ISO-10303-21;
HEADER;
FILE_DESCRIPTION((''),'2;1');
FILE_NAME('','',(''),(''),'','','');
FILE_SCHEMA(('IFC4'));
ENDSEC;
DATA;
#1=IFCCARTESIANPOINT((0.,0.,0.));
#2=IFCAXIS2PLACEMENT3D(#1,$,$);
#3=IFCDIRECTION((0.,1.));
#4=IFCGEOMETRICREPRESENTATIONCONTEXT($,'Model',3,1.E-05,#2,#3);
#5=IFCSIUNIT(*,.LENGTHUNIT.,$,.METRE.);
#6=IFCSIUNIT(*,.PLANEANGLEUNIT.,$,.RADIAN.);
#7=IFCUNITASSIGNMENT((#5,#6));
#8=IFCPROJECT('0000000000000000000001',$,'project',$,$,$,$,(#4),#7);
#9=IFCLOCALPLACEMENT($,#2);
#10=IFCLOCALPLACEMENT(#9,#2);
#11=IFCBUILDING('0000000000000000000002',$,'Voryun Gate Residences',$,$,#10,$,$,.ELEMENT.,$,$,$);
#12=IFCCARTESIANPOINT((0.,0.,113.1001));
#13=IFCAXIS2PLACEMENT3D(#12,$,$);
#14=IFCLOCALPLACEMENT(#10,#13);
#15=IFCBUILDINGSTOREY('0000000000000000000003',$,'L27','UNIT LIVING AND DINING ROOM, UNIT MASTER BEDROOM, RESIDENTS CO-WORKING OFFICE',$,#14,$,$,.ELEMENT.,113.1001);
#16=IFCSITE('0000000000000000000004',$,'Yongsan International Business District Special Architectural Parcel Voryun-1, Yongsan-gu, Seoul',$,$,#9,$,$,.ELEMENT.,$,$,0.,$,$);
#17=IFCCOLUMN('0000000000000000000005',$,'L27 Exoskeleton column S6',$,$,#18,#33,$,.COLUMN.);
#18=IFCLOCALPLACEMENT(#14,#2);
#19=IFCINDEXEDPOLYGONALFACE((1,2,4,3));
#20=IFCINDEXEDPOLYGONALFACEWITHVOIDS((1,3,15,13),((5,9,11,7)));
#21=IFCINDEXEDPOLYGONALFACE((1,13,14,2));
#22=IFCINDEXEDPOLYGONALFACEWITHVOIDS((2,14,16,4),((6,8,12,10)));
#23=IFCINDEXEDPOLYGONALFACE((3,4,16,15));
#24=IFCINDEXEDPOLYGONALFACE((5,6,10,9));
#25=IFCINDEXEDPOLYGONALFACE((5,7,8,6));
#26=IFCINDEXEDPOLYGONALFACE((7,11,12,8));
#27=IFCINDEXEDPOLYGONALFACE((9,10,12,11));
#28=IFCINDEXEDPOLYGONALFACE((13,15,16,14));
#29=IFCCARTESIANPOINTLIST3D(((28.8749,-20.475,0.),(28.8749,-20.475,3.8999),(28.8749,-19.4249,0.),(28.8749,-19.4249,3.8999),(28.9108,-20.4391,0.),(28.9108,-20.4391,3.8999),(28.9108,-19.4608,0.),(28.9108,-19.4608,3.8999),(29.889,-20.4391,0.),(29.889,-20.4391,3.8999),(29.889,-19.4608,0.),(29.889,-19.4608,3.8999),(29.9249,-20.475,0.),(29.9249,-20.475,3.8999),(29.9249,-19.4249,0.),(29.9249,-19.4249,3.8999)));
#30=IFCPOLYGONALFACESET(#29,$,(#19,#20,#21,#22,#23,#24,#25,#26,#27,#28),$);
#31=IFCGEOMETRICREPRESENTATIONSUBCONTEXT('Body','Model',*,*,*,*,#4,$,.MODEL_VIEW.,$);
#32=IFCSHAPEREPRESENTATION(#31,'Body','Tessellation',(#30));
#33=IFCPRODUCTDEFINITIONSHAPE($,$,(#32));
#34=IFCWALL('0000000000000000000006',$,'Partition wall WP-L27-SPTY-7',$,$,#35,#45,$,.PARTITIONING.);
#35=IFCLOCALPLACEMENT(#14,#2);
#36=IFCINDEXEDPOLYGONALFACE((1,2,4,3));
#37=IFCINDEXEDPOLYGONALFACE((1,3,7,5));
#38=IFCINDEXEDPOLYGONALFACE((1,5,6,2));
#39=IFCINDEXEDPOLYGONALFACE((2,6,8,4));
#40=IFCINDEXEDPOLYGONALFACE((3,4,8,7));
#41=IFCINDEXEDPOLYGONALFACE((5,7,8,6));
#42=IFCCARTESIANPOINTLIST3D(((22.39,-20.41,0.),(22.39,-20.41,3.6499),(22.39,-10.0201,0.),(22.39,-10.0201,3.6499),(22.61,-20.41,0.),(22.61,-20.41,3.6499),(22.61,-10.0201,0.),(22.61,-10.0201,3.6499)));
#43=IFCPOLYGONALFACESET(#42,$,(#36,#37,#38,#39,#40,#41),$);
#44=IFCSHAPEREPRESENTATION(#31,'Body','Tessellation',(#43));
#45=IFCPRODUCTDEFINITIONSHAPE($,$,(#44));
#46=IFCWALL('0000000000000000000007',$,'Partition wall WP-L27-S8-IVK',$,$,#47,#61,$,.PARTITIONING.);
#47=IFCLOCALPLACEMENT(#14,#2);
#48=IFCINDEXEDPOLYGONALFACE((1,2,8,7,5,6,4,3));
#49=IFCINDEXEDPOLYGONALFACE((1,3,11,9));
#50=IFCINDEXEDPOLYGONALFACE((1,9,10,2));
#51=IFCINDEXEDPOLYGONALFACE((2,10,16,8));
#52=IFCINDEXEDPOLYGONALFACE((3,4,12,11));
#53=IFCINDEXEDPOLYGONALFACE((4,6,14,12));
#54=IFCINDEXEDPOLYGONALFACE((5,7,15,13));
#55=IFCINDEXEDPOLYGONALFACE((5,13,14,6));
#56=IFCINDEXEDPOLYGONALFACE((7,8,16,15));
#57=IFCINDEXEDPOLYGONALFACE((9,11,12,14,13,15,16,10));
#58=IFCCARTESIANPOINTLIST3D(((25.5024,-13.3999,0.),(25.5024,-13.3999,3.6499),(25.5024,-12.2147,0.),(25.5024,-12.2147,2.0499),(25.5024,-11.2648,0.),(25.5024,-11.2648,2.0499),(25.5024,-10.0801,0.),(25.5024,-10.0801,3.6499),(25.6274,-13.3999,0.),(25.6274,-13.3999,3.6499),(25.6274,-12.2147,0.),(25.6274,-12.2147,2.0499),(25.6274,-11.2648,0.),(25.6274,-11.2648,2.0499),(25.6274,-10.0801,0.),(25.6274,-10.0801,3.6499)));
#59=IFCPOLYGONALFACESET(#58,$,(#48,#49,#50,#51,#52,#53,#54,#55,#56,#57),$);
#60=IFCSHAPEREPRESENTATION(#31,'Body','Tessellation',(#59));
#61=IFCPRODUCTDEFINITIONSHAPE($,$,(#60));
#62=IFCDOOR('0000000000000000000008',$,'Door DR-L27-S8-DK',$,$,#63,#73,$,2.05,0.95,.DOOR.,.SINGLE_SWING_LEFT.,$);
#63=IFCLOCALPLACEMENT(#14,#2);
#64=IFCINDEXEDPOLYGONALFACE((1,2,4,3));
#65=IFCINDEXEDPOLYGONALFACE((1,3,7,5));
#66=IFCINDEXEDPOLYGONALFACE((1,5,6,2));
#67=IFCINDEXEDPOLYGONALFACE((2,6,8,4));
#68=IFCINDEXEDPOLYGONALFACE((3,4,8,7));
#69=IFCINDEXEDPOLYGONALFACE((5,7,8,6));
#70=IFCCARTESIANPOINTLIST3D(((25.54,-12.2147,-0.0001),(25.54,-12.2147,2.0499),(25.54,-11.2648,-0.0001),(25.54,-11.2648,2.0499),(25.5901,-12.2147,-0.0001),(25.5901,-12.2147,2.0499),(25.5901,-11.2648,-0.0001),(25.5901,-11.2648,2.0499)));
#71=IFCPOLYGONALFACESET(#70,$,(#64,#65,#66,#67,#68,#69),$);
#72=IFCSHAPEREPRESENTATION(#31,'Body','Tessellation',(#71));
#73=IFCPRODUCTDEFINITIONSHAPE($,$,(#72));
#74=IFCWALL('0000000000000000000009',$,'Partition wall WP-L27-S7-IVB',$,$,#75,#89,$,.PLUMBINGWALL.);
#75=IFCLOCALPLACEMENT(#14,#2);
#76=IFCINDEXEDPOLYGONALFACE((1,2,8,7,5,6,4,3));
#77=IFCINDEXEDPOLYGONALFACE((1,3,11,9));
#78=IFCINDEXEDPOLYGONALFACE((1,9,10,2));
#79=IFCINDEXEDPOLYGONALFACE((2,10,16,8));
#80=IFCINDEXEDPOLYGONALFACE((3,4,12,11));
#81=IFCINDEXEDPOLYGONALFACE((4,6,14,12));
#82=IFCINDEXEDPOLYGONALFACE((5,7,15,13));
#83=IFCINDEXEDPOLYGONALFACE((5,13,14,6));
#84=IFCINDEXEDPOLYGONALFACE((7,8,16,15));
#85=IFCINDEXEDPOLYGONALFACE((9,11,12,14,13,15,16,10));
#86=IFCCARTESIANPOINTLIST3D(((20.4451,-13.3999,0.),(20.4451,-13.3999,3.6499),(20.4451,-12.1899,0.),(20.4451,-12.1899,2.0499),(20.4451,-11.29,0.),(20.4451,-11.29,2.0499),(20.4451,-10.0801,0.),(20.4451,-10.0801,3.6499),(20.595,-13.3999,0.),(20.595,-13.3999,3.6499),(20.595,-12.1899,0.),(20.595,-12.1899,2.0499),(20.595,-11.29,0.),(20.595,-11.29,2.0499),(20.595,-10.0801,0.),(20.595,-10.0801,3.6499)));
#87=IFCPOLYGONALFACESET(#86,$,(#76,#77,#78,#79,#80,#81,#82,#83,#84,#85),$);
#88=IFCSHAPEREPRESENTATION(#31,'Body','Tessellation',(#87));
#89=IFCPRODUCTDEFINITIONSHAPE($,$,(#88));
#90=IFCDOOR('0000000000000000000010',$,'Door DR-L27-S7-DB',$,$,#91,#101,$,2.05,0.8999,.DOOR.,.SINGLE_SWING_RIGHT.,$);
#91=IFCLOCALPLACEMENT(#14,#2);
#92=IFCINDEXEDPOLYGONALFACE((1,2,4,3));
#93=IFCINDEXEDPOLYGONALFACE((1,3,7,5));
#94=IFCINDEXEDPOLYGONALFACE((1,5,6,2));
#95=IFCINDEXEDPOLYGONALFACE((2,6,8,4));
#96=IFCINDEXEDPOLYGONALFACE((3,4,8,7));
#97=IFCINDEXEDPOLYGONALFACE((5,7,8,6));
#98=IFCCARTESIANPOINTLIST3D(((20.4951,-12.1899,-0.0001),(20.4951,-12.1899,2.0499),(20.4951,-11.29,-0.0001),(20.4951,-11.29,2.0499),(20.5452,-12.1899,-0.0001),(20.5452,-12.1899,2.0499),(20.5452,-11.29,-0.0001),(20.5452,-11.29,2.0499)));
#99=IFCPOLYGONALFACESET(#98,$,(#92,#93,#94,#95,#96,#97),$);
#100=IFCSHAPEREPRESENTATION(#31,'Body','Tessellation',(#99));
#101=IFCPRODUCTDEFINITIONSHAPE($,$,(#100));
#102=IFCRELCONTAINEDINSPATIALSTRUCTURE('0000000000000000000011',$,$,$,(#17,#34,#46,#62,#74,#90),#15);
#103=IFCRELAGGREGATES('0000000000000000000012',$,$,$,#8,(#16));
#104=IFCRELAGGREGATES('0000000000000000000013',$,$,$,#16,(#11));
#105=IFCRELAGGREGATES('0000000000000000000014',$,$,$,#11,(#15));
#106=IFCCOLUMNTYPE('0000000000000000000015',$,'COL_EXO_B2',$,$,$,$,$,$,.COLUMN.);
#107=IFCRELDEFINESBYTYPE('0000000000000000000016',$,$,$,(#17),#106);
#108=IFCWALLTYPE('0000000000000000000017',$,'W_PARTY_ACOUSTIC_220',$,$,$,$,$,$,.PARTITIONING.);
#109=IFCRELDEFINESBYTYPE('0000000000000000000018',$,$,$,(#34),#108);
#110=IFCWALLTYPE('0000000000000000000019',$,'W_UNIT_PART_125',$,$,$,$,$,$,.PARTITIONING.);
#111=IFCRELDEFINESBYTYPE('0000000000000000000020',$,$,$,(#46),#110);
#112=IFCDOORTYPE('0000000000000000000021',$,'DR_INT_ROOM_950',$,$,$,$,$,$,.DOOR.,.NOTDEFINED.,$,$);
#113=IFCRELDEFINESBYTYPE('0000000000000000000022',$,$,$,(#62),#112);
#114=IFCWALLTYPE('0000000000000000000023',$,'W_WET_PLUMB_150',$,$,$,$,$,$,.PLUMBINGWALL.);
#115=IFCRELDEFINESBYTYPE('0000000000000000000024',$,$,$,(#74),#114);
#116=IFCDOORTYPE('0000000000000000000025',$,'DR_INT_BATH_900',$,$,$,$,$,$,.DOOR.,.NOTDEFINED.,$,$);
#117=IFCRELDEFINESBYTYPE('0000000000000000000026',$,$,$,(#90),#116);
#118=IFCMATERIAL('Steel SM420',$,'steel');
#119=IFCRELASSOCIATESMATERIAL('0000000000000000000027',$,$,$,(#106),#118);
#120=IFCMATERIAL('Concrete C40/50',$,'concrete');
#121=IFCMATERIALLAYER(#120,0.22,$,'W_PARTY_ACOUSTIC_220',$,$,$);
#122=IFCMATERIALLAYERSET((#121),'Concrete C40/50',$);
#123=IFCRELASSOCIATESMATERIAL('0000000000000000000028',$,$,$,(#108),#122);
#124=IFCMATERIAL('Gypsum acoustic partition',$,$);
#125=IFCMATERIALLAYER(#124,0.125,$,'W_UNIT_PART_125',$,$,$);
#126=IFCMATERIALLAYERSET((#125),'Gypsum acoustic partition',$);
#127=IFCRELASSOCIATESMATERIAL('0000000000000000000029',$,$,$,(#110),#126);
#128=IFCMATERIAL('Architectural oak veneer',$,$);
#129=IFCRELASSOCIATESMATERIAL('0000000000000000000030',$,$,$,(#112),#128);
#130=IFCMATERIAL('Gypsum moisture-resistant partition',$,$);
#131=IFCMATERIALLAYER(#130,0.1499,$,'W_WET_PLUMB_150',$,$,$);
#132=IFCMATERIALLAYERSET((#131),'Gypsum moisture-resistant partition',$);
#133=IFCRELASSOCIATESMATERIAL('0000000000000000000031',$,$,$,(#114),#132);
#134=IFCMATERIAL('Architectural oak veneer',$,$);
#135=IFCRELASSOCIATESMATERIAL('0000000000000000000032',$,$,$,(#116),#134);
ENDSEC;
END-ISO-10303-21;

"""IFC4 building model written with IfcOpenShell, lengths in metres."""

from ifc_helpers import new_model, si_unit, direction, frame, frame_2d, origin, origin_2d, place, context, subcontext, project, spatial, rectangle, hollow_rectangle, extrude, material, layer, layer_set, material_profile, profile_set, type_object, element, fill, save


model = new_model("IFC4")

# Units and contexts
model_context = context("Model", 3, precision=1e-05, world=origin(), true_north=direction((0.0, 1.0)))
body_context = subcontext(model_context, "Body", "Model", "MODEL_VIEW")
ifc_project = project(units=[si_unit("LENGTHUNIT", "METRE"), si_unit("PLANEANGLEUNIT", "RADIAN")], contexts=[model_context])

# Site, building, storey
site_placement = place(None, origin())
site = spatial("IfcSite", under=ifc_project, at=site_placement, Name="Yongsan International Business District Special Architectural Parcel Voryun-1, Yongsan-gu, Seoul", CompositionType="ELEMENT", RefElevation=0.0)
building_placement = place(site_placement, origin())
building = spatial("IfcBuilding", under=site, at=building_placement, Name="Voryun Gate Residences", CompositionType="ELEMENT")
storey_placement = place(building_placement, frame((0.0, 0.0, 113.1001)))
storey = spatial("IfcBuildingStorey", under=building, at=storey_placement, Name="L27", Description="UNIT LIVING AND DINING ROOM, UNIT MASTER BEDROOM, RESIDENTS CO-WORKING OFFICE", CompositionType="ELEMENT", Elevation=113.1001)

# Column
ifc_material_1 = material(Name="Steel SM420", Category="steel")
ifc_material_profile = material_profile(ifc_material_1, hollow_rectangle(XDim=1.05, YDim=1.05, WallThickness=0.0359, at=origin_2d()), Name="BOX-1050x1050x36")
ifc_profile_set = profile_set([ifc_material_profile], Name="Steel SM420")
column_type = type_object("IfcColumnType", Name="COL_EXO_B2", PredefinedType="COLUMN", material=ifc_profile_set)
column_placement = place(storey_placement, frame((29.3999, -19.95, 0.0), z_axis=(0.0, 0.0, 1.0), x_axis=(1.0, 0.0, 0.0)))
element("IfcColumn", 1, at=column_placement, inside=storey, type_object=column_type, Name="L27 Exoskeleton column S6", PredefinedType="COLUMN", context=body_context, shape_type="SweptSolid", body=[
    extrude(hollow_rectangle(XDim=1.05, YDim=1.05, WallThickness=0.0359, at=origin_2d()), origin(), (0.0, 0.0, 1.0), 3.8999),
])

# Wall
ifc_material_2 = material(Name="Concrete C40/50", Category="concrete")
ifc_layer_1 = layer(ifc_material_2, 0.22, Name="W_PARTY_ACOUSTIC_220")
ifc_layer_set_1 = layer_set([ifc_layer_1], Name="Concrete C40/50")
wall_type_1 = type_object("IfcWallType", Name="W_PARTY_ACOUSTIC_220", PredefinedType="PARTITIONING", material=ifc_layer_set_1)
wall_1_placement = place(storey_placement, frame((22.5, -20.4099, 0.0), z_axis=(0.0, 0.0, 1.0), x_axis=(0.0, 1.0, 0.0)))
element("IfcWall", 2, at=wall_1_placement, inside=storey, type_object=wall_type_1, Name="Partition wall WP-L27-SPTY-7", PredefinedType="PARTITIONING", context=body_context, shape_type="SweptSolid", body=[
    extrude(rectangle(XDim=10.3899, YDim=0.22, at=frame_2d((5.1948, 0.0))), origin(), (0.0, 0.0, 1.0), 3.6499),
])

# Walls, openings, doors
ifc_material_3 = material(Name="Gypsum acoustic partition")
ifc_layer_2 = layer(ifc_material_3, 0.125, Name="W_UNIT_PART_125")
ifc_layer_set_2 = layer_set([ifc_layer_2], Name="Gypsum acoustic partition")
wall_type_2 = type_object("IfcWallType", Name="W_UNIT_PART_125", PredefinedType="PARTITIONING", material=ifc_layer_set_2)
wall_2_placement = place(storey_placement, frame((25.5649, -13.3999, 0.0), z_axis=(0.0, 0.0, 1.0), x_axis=(0.0, 1.0, 0.0)))
wall_2 = element("IfcWall", 3, at=wall_2_placement, inside=storey, type_object=wall_type_2, Name="Partition wall WP-L27-S8-IVK", PredefinedType="PARTITIONING", context=body_context, shape_type="SweptSolid", body=[
    extrude(rectangle(XDim=3.3198, YDim=0.125, at=frame_2d((1.6599, 0.0))), origin(), (0.0, 0.0, 1.0), 3.6499),
])
opening_1_placement = place(wall_2_placement, frame((1.1851, 0.0, 0.0)))
opening_1 = element("IfcOpeningElement", 4, at=opening_1_placement, cuts=wall_2, PredefinedType="OPENING", context=body_context, shape_type="SweptSolid", body=[
    extrude(rectangle(XDim=0.95, YDim=2.05, at=frame_2d((0.4751, 1.0249))), frame((0.0, 0.0725, 0.0), z_axis=(0.0, -1.0, 0.0), x_axis=(1.0, 0.0, 0.0)), (0.0, 0.0, 1.0), 0.145),
])
ifc_material_4 = material(Name="Architectural oak veneer")
door_type_1 = type_object("IfcDoorType", Name="DR_INT_ROOM_950", OperationType="NOTDEFINED", PredefinedType="DOOR", material=ifc_material_4)
door_1_placement = place(opening_1_placement, origin())
door_1 = element("IfcDoor", 5, at=door_1_placement, inside=storey, type_object=door_type_1, Name="Door DR-L27-S8-DK", OperationType="SINGLE_SWING_LEFT", OverallHeight=2.05, OverallWidth=0.95, PredefinedType="DOOR", context=body_context, shape_type="SweptSolid", body=[
    extrude(rectangle(XDim=0.95, YDim=2.05, at=frame_2d((0.4751, 1.0249))), frame((0.0, 0.0249, 0.0), z_axis=(0.0, -1.0, 0.0), x_axis=(1.0, 0.0, 0.0)), (0.0, 0.0, 1.0), 0.05),
])
fill(opening_1, door_1)
ifc_material_5 = material(Name="Gypsum moisture-resistant partition")
ifc_layer_3 = layer(ifc_material_5, 0.1499, Name="W_WET_PLUMB_150")
ifc_layer_set_3 = layer_set([ifc_layer_3], Name="Gypsum moisture-resistant partition")
wall_type_3 = type_object("IfcWallType", Name="W_WET_PLUMB_150", PredefinedType="PLUMBINGWALL", material=ifc_layer_set_3)
wall_3_placement = place(storey_placement, frame((20.52, -13.3999, 0.0), z_axis=(0.0, 0.0, 1.0), x_axis=(0.0, 1.0, 0.0)))
wall_3 = element("IfcWall", 6, at=wall_3_placement, inside=storey, type_object=wall_type_3, Name="Partition wall WP-L27-S7-IVB", PredefinedType="PLUMBINGWALL", context=body_context, shape_type="SweptSolid", body=[
    extrude(rectangle(XDim=3.3198, YDim=0.1499, at=frame_2d((1.6599, 0.0))), origin(), (0.0, 0.0, 1.0), 3.6499),
])
opening_2_placement = place(wall_3_placement, frame((1.21, 0.0, 0.0)))
opening_2 = element("IfcOpeningElement", 7, at=opening_2_placement, cuts=wall_3, PredefinedType="OPENING", context=body_context, shape_type="SweptSolid", body=[
    extrude(rectangle(XDim=0.8999, YDim=2.05, at=frame_2d((0.45, 1.0249))), frame((0.0, 0.085, 0.0), z_axis=(0.0, -1.0, 0.0), x_axis=(1.0, 0.0, 0.0)), (0.0, 0.0, 1.0), 0.1699),
])
ifc_material_6 = material(Name="Architectural oak veneer")
door_type_2 = type_object("IfcDoorType", Name="DR_INT_BATH_900", OperationType="NOTDEFINED", PredefinedType="DOOR", material=ifc_material_6)
door_2_placement = place(opening_2_placement, origin())
door_2 = element("IfcDoor", 8, at=door_2_placement, inside=storey, type_object=door_type_2, Name="Door DR-L27-S7-DB", OperationType="SINGLE_SWING_RIGHT", OverallHeight=2.05, OverallWidth=0.8999, PredefinedType="DOOR", context=body_context, shape_type="SweptSolid", body=[
    extrude(rectangle(XDim=0.8999, YDim=2.05, at=frame_2d((0.45, 1.0249))), frame((0.0, 0.0249, 0.0), z_axis=(0.0, -1.0, 0.0), x_axis=(1.0, 0.0, 0.0)), (0.0, 0.0, 1.0), 0.05),
])
fill(opening_2, door_2)

save(model, "model.ifc")
